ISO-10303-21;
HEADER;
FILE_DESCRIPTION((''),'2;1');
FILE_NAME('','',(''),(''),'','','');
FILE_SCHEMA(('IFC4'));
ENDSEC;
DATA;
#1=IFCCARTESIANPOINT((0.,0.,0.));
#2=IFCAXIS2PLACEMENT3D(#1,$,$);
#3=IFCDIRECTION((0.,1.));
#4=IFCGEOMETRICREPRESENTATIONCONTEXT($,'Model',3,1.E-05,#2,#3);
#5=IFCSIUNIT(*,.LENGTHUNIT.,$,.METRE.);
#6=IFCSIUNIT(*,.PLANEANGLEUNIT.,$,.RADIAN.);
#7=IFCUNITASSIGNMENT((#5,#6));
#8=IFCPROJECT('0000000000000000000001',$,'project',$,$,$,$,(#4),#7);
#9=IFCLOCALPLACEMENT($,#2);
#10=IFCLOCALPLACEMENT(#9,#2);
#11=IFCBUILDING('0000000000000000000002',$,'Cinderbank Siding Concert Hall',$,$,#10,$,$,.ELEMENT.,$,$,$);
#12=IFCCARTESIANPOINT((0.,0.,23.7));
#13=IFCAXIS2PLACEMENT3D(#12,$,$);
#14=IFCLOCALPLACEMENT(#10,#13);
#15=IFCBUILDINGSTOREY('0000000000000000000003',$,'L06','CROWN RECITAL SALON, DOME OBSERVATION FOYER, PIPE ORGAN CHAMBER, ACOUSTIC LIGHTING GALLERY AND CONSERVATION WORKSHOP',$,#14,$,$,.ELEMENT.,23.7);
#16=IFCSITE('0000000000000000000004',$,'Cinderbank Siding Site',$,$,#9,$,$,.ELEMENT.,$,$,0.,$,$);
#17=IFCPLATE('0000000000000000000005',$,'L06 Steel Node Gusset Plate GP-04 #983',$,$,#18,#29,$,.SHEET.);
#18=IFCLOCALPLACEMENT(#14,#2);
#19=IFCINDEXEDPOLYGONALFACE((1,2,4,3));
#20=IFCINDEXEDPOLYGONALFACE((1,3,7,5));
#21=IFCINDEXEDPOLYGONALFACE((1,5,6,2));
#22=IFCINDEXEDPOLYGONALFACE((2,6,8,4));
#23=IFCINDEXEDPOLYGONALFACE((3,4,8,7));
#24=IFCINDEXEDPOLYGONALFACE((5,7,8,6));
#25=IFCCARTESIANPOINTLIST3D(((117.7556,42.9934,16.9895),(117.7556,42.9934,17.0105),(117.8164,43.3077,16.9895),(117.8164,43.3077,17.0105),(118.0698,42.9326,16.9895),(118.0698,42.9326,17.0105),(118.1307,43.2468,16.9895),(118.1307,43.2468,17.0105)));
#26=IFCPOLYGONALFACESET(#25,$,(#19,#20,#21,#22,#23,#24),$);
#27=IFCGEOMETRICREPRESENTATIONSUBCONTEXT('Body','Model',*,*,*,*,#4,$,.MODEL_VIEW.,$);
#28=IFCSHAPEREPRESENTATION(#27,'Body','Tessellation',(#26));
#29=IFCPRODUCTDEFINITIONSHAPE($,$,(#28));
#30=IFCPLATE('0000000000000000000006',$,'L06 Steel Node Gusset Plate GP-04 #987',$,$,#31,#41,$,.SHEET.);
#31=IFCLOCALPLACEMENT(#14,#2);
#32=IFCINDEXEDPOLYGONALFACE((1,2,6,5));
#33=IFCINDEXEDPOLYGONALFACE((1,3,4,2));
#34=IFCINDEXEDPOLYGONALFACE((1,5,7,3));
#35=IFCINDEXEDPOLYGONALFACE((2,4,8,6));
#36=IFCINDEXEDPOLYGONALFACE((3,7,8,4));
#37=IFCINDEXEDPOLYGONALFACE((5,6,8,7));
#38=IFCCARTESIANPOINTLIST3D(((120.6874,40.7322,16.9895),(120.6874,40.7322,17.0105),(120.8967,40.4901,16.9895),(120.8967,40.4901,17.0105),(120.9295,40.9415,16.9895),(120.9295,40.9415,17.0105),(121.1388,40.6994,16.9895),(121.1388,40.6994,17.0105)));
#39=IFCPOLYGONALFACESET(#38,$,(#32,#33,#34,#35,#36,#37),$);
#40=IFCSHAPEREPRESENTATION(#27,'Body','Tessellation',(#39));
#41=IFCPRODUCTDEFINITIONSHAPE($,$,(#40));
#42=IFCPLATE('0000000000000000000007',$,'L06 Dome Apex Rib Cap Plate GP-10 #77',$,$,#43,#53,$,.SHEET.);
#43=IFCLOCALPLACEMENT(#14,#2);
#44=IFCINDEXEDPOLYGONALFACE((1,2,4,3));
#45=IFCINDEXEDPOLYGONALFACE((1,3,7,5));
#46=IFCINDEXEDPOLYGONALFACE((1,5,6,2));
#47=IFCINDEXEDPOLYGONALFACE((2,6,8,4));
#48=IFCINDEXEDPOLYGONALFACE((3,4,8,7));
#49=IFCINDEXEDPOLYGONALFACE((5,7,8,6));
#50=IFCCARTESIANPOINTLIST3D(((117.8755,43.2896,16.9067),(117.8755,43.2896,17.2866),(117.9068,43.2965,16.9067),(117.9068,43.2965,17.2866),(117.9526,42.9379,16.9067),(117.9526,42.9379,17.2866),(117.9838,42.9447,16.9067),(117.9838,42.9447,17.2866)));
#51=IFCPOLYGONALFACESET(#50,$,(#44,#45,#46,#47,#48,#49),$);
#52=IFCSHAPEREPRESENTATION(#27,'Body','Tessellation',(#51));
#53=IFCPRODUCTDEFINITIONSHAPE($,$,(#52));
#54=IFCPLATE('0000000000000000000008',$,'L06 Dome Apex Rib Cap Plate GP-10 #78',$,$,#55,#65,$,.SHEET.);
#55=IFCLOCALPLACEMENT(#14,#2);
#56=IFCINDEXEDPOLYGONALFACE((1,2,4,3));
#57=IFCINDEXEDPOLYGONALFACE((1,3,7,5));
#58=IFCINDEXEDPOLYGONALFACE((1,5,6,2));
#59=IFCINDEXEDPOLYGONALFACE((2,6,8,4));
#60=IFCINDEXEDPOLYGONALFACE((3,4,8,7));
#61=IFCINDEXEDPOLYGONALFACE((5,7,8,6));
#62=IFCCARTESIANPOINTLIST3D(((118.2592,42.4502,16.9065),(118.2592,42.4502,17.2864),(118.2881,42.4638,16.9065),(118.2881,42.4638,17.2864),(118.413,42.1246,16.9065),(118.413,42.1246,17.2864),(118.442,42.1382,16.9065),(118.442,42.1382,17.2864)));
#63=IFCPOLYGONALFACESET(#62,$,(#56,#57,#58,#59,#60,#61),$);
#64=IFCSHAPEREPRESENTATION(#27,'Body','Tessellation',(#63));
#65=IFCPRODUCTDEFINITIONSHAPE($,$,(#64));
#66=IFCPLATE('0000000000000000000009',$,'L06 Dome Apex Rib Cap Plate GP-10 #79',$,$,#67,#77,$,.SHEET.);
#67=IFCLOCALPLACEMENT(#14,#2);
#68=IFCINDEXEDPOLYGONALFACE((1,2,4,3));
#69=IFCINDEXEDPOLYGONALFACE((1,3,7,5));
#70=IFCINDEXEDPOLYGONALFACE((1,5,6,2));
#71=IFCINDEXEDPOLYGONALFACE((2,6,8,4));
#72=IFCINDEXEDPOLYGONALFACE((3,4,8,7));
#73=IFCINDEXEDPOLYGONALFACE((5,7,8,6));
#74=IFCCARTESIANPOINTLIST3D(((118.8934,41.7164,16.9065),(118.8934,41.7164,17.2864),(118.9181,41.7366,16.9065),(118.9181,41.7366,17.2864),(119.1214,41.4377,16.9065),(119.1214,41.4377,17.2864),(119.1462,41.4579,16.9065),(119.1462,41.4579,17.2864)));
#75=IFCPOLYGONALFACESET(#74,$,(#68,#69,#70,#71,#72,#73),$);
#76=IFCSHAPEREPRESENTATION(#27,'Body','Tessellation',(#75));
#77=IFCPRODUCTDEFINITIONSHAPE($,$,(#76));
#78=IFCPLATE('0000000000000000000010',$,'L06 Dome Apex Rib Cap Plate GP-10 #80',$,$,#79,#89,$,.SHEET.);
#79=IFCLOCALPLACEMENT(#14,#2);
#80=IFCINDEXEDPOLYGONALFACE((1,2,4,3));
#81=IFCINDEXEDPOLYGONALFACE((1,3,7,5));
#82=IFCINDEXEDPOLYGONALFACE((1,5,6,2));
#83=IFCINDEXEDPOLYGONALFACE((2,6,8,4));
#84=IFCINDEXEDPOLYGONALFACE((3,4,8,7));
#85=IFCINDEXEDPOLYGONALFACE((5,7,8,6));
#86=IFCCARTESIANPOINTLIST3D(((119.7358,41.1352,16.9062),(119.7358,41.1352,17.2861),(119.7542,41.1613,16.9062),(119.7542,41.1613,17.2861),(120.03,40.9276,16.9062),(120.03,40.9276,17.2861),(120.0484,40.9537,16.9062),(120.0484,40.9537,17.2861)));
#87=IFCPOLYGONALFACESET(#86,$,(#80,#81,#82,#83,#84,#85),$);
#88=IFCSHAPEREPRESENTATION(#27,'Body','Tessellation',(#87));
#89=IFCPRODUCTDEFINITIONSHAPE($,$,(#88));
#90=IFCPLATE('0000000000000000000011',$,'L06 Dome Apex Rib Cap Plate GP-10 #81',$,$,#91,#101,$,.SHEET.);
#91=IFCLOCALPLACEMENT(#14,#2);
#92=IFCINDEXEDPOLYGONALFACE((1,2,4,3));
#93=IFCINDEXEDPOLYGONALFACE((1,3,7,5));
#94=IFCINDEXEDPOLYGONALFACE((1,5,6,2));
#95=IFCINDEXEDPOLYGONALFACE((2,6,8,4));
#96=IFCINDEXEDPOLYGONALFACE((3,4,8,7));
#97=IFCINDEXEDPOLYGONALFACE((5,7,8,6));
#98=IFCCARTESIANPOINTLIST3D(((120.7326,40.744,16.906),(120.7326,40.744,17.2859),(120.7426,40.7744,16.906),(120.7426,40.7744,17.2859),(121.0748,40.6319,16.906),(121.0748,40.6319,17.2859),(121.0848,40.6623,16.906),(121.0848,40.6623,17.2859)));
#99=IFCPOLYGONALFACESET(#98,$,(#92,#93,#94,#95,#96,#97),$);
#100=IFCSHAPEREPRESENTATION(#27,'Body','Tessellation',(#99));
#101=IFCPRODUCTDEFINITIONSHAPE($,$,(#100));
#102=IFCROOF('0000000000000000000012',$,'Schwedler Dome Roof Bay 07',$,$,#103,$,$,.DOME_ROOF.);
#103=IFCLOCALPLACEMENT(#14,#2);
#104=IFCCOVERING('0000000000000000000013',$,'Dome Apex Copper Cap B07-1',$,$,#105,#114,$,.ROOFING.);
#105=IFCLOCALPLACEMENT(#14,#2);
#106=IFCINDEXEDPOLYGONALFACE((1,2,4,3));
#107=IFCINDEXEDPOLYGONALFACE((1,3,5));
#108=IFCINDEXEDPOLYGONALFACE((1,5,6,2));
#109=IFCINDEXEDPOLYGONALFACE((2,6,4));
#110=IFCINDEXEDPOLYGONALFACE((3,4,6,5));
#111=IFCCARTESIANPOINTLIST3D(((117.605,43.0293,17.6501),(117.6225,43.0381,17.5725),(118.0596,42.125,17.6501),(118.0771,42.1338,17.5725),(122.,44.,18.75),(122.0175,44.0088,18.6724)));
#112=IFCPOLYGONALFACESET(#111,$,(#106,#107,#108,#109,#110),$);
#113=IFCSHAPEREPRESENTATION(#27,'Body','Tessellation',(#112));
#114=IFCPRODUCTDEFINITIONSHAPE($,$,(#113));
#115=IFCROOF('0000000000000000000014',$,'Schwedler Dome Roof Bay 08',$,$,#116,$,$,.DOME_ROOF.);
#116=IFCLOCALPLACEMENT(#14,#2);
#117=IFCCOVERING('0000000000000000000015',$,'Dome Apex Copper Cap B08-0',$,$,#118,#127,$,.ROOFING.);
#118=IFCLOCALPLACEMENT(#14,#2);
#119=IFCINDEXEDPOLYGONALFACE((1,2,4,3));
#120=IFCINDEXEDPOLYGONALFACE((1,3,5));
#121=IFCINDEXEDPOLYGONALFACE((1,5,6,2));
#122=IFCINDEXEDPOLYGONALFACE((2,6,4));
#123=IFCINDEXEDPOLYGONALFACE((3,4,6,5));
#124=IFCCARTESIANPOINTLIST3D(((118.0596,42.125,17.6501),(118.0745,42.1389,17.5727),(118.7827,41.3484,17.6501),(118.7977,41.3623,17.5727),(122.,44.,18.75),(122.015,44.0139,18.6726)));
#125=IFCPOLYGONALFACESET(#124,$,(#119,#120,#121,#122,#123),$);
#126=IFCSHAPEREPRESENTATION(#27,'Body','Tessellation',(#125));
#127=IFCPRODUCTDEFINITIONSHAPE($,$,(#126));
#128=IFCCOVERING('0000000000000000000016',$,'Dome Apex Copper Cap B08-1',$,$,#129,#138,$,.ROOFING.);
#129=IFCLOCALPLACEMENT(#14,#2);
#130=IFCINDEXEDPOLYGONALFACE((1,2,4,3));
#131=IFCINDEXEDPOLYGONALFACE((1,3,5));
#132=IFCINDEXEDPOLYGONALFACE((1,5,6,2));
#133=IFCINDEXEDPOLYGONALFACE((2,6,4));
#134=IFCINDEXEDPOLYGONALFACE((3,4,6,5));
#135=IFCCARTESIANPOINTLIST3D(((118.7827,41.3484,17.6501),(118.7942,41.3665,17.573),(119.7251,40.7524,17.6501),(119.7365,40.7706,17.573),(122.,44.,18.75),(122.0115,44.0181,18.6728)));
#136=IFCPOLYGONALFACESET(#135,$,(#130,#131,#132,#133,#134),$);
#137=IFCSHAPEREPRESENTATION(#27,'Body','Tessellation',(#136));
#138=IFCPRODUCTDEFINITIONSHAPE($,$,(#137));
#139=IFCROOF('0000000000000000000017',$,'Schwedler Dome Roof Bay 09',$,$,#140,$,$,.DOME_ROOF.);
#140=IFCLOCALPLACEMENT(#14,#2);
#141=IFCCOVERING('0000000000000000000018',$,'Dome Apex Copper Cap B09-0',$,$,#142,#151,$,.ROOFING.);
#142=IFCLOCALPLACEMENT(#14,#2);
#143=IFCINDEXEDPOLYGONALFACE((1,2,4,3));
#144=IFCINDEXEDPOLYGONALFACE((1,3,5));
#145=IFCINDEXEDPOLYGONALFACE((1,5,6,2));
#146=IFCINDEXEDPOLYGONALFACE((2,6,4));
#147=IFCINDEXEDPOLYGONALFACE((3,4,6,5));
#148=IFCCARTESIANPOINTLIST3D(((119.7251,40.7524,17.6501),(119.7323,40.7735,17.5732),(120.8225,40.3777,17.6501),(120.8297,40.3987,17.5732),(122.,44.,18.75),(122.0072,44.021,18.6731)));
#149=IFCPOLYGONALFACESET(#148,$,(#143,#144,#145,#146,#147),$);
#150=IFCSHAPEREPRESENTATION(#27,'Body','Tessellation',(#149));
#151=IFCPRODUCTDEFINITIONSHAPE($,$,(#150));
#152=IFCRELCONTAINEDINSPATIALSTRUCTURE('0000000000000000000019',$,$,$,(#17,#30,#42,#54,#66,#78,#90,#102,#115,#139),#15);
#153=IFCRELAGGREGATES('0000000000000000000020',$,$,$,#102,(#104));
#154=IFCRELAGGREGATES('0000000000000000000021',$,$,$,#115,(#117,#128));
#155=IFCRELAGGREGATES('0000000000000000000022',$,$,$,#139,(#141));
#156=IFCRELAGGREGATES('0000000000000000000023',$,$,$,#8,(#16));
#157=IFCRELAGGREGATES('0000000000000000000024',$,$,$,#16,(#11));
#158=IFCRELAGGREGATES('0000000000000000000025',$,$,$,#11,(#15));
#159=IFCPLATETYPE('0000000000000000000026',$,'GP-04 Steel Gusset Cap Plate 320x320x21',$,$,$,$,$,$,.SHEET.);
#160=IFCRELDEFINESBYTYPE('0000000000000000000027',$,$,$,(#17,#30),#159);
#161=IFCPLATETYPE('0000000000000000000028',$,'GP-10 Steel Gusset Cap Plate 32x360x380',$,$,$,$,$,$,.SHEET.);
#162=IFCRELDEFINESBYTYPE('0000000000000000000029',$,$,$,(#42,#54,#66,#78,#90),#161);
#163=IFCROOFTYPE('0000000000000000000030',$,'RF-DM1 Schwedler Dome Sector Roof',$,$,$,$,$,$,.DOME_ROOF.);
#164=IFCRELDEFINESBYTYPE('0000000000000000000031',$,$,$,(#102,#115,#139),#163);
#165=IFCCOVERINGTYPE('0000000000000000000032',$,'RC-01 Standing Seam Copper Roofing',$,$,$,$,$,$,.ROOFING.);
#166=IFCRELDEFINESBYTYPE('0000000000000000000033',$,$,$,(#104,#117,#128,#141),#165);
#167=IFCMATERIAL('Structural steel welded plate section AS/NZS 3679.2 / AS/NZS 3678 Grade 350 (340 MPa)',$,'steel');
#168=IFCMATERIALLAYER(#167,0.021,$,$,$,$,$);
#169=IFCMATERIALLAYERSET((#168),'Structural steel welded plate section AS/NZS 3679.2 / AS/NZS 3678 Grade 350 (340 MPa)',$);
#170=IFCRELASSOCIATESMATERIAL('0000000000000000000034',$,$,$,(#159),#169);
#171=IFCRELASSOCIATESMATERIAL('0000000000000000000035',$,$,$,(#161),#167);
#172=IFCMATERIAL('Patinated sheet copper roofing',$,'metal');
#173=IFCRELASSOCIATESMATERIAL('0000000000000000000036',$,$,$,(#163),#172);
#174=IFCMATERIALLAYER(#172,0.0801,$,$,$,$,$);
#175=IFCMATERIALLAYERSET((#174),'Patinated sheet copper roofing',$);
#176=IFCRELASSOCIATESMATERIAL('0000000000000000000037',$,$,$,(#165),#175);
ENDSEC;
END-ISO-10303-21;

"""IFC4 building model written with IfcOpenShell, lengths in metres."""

from ifc_helpers import new_model, si_unit, direction, frame, origin, origin_2d, place, context, subcontext, project, spatial, polyline, rectangle, outline, extrude, material, layer, layer_set, type_object, element, aggregate, save


model = new_model("IFC4")

# Units and contexts
model_context = context("Model", 3, precision=1e-05, world=origin(), true_north=direction((0.0, 1.0)))
body_context = subcontext(model_context, "Body", "Model", "MODEL_VIEW")
ifc_project = project(units=[si_unit("LENGTHUNIT", "METRE"), si_unit("PLANEANGLEUNIT", "RADIAN")], contexts=[model_context])

# Site, building, storey
site_placement = place(None, origin())
site = spatial("IfcSite", under=ifc_project, at=site_placement, Name="Cinderbank Siding Site", CompositionType="ELEMENT", RefElevation=0.0)
building_placement = place(site_placement, origin())
building = spatial("IfcBuilding", under=site, at=building_placement, Name="Cinderbank Siding Concert Hall", CompositionType="ELEMENT")
storey_placement = place(building_placement, frame((0.0, 0.0, 23.7)))
storey = spatial("IfcBuildingStorey", under=building, at=storey_placement, Name="L06", Description="CROWN RECITAL SALON, DOME OBSERVATION FOYER, PIPE ORGAN CHAMBER, ACOUSTIC LIGHTING GALLERY AND CONSERVATION WORKSHOP", CompositionType="ELEMENT", Elevation=23.7)

# Plates
ifc_material_1 = material(Name="Structural steel welded plate section AS/NZS 3679.2 / AS/NZS 3678 Grade 350 (340 MPa)", Category="steel")
ifc_layer_1 = layer(ifc_material_1, 0.021)
ifc_layer_set_1 = layer_set([ifc_layer_1], Name="Structural steel welded plate section AS/NZS 3679.2 / AS/NZS 3678 Grade 350 (340 MPa)")
plate_type_1 = type_object("IfcPlateType", Name="GP-04 Steel Gusset Cap Plate 320x320x21", PredefinedType="SHEET", material=ifc_layer_set_1)
for number, where, z_axis, x_axis, name in (
    (1, (117.9431, 43.1201, 16.9895), (0.0, 0.0, 1.0), (0.98176, -0.190124, 0.0), "L06 Steel Node Gusset Plate GP-04 #983"),
    (2, (120.9131, 40.7158, 16.9895), (0.0, 0.0, 1.0), (0.756425, 0.654081, 0.0), "L06 Steel Node Gusset Plate GP-04 #987"),
):
    element("IfcPlate", number, at=place(storey_placement, frame(where, z_axis=z_axis, x_axis=x_axis)), inside=storey, type_object=plate_type_1, Name=name, PredefinedType="SHEET", context=body_context, shape_type="SweptSolid", body=[
        extrude(rectangle(XDim=0.3201, YDim=0.3201, at=origin_2d()), origin(), (0.0, 0.0, 1.0), 0.021),
    ])
plate_type_2 = type_object("IfcPlateType", Name="GP-10 Steel Gusset Cap Plate 32x360x380", PredefinedType="SHEET", material=ifc_material_1)
for number, where, z_axis, x_axis, name in (
    (3, (117.9297, 43.1172, 16.9067), (0.0, 0.0, 1.0), (0.976822, 0.214053, 0.0), "L06 Dome Apex Rib Cap Plate GP-10 #77"),
    (4, (118.3506, 42.2942, 16.9065), (0.0, 0.0, 1.0), (0.904157, 0.4272, 0.0), "L06 Dome Apex Rib Cap Plate GP-10 #78"),
    (5, (119.0198, 41.5872, 16.9065), (0.0, 0.0, 1.0), (0.773951, 0.633246, 0.0), "L06 Dome Apex Rib Cap Plate GP-10 #79"),
    (6, (119.8921, 41.0444, 16.9062), (0.0, 0.0, 1.0), (0.576575, 0.817044, 0.0), "L06 Dome Apex Rib Cap Plate GP-10 #80"),
    (7, (120.9087, 40.7031, 16.906), (0.0, 0.0, 1.0), (0.311174, 0.950353, 0.0), "L06 Dome Apex Rib Cap Plate GP-10 #81"),
):
    element("IfcPlate", number, at=place(storey_placement, frame(where, z_axis=z_axis, x_axis=x_axis)), inside=storey, type_object=plate_type_2, Name=name, PredefinedType="SHEET", context=body_context, shape_type="SweptSolid", body=[
        extrude(rectangle(XDim=0.032, YDim=0.3601, at=origin_2d()), origin(), (0.0, 0.0, 1.0), 0.3799),
    ])

# Roof, covering
ifc_material_2 = material(Name="Patinated sheet copper roofing", Category="metal")
roof_type = type_object("IfcRoofType", Name="RF-DM1 Schwedler Dome Sector Roof", PredefinedType="DOME_ROOF", material=ifc_material_2)
roof_1_placement = place(storey_placement, origin())
roof_1 = element("IfcRoof", 8, at=roof_1_placement, inside=storey, type_object=roof_type, Name="Schwedler Dome Roof Bay 07", PredefinedType="DOME_ROOF")
ifc_layer_2 = layer(ifc_material_2, 0.0801)
ifc_layer_set_2 = layer_set([ifc_layer_2], Name="Patinated sheet copper roofing")
covering_type = type_object("IfcCoveringType", Name="RC-01 Standing Seam Copper Roofing", PredefinedType="ROOFING", material=ifc_layer_set_2)
covering_1_placement = place(storey_placement, frame((117.605, 43.0293, 17.6501), z_axis=(-0.218408, -0.109794, 0.969661), x_axis=(0.449142, -0.89346, 0.0)))
covering_1 = element("IfcCovering", 9, at=covering_1_placement, type_object=covering_type, Name="Dome Apex Copper Cap B07-1", PredefinedType="ROOFING", context=body_context, shape_type="SweptSolid", body=[
    extrude(outline(polyline([(0.0, 0.0), (1.0121, 0.0), (1.1067, 4.4993), (0.0, 0.0)])), origin(), (0.0, 0.0, -1.0), 0.0801),
])
aggregate(roof_1, [covering_1])

# Roof, coverings
roof_2_placement = place(storey_placement, origin())
roof_2 = element("IfcRoof", 10, at=roof_2_placement, inside=storey, type_object=roof_type, Name="Schwedler Dome Roof Bay 08", PredefinedType="DOME_ROOF")
covering_2_placement = place(storey_placement, frame((118.0596, 42.125, 17.6501), z_axis=(-0.187, -0.174125, 0.966805), x_axis=(0.681465, -0.73185, 0.0)))
covering_2 = element("IfcCovering", 11, at=covering_2_placement, type_object=covering_type, Name="Dome Apex Copper Cap B08-0", PredefinedType="ROOFING", context=body_context, shape_type="SweptSolid", body=[
    extrude(outline(polyline([(0.0, 0.0), (1.0612, 0.0), (1.313, 4.3044), (0.0, 0.0)])), origin(), (0.0, 0.0, -1.0), 0.0801),
])
covering_3_placement = place(storey_placement, frame((118.7827, 41.3484, 17.6501), z_axis=(-0.14301, -0.226145, 0.963539), x_axis=(0.845182, -0.534479, 0.0)))
covering_3 = element("IfcCovering", 12, at=covering_3_placement, type_object=covering_type, Name="Dome Apex Copper Cap B08-1", PredefinedType="ROOFING", context=body_context, shape_type="SweptSolid", body=[
    extrude(outline(polyline([(0.0, 0.0), (1.115, 0.0), (1.302, 4.1105), (0.0, 0.0)])), origin(), (0.0, 0.0, -1.0), 0.0801),
])
aggregate(roof_2, [covering_2, covering_3])

# Roof, covering
roof_3_placement = place(storey_placement, origin())
roof_3 = element("IfcRoof", 13, at=roof_3_placement, inside=storey, type_object=roof_type, Name="Schwedler Dome Roof Bay 09", PredefinedType="DOME_ROOF")
covering_4_placement = place(storey_placement, frame((119.7251, 40.7524, 17.6501), z_axis=(-0.089664, -0.262565, 0.960739), x_axis=(0.946342, -0.323167, 0.0)))
covering_4 = element("IfcCovering", 14, at=covering_4_placement, type_object=covering_type, Name="Dome Apex Copper Cap B09-0", PredefinedType="ROOFING", context=body_context, shape_type="SweptSolid", body=[
    extrude(outline(polyline([(0.0, 0.0), (1.1596, 0.0), (1.1033, 3.9641), (0.0, 0.0)])), origin(), (0.0, 0.0, -1.0), 0.0801),
])
aggregate(roof_3, [covering_4])

save(model, "model.ifc")
